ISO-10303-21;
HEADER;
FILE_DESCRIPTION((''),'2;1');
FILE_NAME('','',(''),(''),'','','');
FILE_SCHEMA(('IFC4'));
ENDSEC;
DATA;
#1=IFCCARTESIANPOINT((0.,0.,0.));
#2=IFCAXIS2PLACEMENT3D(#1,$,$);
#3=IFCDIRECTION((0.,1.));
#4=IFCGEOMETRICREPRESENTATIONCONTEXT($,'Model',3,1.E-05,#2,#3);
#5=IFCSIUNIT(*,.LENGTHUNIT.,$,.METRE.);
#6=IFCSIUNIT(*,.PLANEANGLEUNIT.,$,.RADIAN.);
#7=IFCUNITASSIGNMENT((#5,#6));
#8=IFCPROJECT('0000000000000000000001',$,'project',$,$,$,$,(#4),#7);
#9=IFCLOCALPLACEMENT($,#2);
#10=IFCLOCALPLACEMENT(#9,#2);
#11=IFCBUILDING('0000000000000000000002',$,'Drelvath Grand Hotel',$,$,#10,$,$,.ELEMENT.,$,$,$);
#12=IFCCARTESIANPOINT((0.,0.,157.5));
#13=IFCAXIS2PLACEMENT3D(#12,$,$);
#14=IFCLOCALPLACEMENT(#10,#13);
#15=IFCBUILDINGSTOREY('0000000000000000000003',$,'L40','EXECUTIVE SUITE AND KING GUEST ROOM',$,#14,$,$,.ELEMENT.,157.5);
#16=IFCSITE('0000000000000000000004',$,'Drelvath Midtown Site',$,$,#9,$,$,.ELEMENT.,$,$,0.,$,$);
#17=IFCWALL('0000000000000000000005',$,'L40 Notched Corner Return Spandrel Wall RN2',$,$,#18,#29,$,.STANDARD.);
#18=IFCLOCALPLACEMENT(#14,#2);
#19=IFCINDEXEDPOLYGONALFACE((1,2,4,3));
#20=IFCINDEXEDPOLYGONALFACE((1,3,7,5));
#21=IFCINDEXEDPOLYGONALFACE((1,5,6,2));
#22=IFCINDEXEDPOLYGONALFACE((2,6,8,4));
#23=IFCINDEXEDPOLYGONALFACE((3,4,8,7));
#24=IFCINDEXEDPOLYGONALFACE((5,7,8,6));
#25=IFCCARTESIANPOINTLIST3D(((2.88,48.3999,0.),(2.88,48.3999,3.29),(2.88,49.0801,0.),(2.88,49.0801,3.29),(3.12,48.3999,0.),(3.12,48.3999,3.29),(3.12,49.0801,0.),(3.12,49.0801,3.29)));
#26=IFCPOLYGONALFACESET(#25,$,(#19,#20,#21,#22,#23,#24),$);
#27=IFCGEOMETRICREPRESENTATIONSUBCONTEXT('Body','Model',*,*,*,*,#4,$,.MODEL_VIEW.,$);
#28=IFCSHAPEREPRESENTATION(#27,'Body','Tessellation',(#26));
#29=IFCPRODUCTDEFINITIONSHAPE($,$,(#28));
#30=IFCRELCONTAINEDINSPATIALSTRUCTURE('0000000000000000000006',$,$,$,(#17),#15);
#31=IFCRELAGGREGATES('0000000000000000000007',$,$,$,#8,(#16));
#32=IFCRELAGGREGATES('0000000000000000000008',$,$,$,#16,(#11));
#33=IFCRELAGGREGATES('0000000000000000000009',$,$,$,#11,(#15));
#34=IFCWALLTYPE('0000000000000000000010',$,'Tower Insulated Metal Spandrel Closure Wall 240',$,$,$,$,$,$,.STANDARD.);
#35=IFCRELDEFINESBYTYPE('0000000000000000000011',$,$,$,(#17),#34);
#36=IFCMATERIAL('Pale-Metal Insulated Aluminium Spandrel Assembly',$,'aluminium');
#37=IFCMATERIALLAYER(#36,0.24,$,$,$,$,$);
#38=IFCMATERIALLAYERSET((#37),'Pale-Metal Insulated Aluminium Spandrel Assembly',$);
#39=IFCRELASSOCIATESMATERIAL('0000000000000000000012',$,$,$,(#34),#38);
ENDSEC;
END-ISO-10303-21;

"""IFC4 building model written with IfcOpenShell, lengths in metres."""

from ifc_helpers import new_model, si_unit, direction, frame, frame_2d, origin, place, context, subcontext, project, spatial, rectangle, extrude, material, layer, layer_set, type_object, element, save


model = new_model("IFC4")

# Units and contexts
model_context = context("Model", 3, precision=1e-05, world=origin(), true_north=direction((0.0, 1.0)))
body_context = subcontext(model_context, "Body", "Model", "MODEL_VIEW")
ifc_project = project(units=[si_unit("LENGTHUNIT", "METRE"), si_unit("PLANEANGLEUNIT", "RADIAN")], contexts=[model_context])

# Site, building, storey
site_placement = place(None, origin())
site = spatial("IfcSite", under=ifc_project, at=site_placement, Name="Drelvath Midtown Site", CompositionType="ELEMENT", RefElevation=0.0)
building_placement = place(site_placement, origin())
building = spatial("IfcBuilding", under=site, at=building_placement, Name="Drelvath Grand Hotel", CompositionType="ELEMENT")
storey_placement = place(building_placement, frame((0.0, 0.0, 157.5)))
storey = spatial("IfcBuildingStorey", under=building, at=storey_placement, Name="L40", Description="EXECUTIVE SUITE AND KING GUEST ROOM", CompositionType="ELEMENT", Elevation=157.5)

# Wall
ifc_material_1 = material(Name="Pale-Metal Insulated Aluminium Spandrel Assembly", Category="aluminium")
ifc_layer_1 = layer(ifc_material_1, 0.24)
ifc_layer_set_1 = layer_set([ifc_layer_1], Name="Pale-Metal Insulated Aluminium Spandrel Assembly")
wall_type_1 = type_object("IfcWallType", Name="Tower Insulated Metal Spandrel Closure Wall 240", PredefinedType="STANDARD", material=ifc_layer_set_1)
wall_1_placement = place(storey_placement, frame((3.0, 48.3999, 0.0), z_axis=(0.0, 0.0, 1.0), x_axis=(0.0, 1.0, 0.0)))
element("IfcWall", 1, at=wall_1_placement, inside=storey, type_object=wall_type_1, Name="L40 Notched Corner Return Spandrel Wall RN2", PredefinedType="STANDARD", context=body_context, shape_type="SweptSolid", body=[
    extrude(rectangle(XDim=0.6802, YDim=0.24, at=frame_2d((0.3401, 0.0))), origin(), (0.0, 0.0, 1.0), 3.29),
])

save(model, "model.ifc")
